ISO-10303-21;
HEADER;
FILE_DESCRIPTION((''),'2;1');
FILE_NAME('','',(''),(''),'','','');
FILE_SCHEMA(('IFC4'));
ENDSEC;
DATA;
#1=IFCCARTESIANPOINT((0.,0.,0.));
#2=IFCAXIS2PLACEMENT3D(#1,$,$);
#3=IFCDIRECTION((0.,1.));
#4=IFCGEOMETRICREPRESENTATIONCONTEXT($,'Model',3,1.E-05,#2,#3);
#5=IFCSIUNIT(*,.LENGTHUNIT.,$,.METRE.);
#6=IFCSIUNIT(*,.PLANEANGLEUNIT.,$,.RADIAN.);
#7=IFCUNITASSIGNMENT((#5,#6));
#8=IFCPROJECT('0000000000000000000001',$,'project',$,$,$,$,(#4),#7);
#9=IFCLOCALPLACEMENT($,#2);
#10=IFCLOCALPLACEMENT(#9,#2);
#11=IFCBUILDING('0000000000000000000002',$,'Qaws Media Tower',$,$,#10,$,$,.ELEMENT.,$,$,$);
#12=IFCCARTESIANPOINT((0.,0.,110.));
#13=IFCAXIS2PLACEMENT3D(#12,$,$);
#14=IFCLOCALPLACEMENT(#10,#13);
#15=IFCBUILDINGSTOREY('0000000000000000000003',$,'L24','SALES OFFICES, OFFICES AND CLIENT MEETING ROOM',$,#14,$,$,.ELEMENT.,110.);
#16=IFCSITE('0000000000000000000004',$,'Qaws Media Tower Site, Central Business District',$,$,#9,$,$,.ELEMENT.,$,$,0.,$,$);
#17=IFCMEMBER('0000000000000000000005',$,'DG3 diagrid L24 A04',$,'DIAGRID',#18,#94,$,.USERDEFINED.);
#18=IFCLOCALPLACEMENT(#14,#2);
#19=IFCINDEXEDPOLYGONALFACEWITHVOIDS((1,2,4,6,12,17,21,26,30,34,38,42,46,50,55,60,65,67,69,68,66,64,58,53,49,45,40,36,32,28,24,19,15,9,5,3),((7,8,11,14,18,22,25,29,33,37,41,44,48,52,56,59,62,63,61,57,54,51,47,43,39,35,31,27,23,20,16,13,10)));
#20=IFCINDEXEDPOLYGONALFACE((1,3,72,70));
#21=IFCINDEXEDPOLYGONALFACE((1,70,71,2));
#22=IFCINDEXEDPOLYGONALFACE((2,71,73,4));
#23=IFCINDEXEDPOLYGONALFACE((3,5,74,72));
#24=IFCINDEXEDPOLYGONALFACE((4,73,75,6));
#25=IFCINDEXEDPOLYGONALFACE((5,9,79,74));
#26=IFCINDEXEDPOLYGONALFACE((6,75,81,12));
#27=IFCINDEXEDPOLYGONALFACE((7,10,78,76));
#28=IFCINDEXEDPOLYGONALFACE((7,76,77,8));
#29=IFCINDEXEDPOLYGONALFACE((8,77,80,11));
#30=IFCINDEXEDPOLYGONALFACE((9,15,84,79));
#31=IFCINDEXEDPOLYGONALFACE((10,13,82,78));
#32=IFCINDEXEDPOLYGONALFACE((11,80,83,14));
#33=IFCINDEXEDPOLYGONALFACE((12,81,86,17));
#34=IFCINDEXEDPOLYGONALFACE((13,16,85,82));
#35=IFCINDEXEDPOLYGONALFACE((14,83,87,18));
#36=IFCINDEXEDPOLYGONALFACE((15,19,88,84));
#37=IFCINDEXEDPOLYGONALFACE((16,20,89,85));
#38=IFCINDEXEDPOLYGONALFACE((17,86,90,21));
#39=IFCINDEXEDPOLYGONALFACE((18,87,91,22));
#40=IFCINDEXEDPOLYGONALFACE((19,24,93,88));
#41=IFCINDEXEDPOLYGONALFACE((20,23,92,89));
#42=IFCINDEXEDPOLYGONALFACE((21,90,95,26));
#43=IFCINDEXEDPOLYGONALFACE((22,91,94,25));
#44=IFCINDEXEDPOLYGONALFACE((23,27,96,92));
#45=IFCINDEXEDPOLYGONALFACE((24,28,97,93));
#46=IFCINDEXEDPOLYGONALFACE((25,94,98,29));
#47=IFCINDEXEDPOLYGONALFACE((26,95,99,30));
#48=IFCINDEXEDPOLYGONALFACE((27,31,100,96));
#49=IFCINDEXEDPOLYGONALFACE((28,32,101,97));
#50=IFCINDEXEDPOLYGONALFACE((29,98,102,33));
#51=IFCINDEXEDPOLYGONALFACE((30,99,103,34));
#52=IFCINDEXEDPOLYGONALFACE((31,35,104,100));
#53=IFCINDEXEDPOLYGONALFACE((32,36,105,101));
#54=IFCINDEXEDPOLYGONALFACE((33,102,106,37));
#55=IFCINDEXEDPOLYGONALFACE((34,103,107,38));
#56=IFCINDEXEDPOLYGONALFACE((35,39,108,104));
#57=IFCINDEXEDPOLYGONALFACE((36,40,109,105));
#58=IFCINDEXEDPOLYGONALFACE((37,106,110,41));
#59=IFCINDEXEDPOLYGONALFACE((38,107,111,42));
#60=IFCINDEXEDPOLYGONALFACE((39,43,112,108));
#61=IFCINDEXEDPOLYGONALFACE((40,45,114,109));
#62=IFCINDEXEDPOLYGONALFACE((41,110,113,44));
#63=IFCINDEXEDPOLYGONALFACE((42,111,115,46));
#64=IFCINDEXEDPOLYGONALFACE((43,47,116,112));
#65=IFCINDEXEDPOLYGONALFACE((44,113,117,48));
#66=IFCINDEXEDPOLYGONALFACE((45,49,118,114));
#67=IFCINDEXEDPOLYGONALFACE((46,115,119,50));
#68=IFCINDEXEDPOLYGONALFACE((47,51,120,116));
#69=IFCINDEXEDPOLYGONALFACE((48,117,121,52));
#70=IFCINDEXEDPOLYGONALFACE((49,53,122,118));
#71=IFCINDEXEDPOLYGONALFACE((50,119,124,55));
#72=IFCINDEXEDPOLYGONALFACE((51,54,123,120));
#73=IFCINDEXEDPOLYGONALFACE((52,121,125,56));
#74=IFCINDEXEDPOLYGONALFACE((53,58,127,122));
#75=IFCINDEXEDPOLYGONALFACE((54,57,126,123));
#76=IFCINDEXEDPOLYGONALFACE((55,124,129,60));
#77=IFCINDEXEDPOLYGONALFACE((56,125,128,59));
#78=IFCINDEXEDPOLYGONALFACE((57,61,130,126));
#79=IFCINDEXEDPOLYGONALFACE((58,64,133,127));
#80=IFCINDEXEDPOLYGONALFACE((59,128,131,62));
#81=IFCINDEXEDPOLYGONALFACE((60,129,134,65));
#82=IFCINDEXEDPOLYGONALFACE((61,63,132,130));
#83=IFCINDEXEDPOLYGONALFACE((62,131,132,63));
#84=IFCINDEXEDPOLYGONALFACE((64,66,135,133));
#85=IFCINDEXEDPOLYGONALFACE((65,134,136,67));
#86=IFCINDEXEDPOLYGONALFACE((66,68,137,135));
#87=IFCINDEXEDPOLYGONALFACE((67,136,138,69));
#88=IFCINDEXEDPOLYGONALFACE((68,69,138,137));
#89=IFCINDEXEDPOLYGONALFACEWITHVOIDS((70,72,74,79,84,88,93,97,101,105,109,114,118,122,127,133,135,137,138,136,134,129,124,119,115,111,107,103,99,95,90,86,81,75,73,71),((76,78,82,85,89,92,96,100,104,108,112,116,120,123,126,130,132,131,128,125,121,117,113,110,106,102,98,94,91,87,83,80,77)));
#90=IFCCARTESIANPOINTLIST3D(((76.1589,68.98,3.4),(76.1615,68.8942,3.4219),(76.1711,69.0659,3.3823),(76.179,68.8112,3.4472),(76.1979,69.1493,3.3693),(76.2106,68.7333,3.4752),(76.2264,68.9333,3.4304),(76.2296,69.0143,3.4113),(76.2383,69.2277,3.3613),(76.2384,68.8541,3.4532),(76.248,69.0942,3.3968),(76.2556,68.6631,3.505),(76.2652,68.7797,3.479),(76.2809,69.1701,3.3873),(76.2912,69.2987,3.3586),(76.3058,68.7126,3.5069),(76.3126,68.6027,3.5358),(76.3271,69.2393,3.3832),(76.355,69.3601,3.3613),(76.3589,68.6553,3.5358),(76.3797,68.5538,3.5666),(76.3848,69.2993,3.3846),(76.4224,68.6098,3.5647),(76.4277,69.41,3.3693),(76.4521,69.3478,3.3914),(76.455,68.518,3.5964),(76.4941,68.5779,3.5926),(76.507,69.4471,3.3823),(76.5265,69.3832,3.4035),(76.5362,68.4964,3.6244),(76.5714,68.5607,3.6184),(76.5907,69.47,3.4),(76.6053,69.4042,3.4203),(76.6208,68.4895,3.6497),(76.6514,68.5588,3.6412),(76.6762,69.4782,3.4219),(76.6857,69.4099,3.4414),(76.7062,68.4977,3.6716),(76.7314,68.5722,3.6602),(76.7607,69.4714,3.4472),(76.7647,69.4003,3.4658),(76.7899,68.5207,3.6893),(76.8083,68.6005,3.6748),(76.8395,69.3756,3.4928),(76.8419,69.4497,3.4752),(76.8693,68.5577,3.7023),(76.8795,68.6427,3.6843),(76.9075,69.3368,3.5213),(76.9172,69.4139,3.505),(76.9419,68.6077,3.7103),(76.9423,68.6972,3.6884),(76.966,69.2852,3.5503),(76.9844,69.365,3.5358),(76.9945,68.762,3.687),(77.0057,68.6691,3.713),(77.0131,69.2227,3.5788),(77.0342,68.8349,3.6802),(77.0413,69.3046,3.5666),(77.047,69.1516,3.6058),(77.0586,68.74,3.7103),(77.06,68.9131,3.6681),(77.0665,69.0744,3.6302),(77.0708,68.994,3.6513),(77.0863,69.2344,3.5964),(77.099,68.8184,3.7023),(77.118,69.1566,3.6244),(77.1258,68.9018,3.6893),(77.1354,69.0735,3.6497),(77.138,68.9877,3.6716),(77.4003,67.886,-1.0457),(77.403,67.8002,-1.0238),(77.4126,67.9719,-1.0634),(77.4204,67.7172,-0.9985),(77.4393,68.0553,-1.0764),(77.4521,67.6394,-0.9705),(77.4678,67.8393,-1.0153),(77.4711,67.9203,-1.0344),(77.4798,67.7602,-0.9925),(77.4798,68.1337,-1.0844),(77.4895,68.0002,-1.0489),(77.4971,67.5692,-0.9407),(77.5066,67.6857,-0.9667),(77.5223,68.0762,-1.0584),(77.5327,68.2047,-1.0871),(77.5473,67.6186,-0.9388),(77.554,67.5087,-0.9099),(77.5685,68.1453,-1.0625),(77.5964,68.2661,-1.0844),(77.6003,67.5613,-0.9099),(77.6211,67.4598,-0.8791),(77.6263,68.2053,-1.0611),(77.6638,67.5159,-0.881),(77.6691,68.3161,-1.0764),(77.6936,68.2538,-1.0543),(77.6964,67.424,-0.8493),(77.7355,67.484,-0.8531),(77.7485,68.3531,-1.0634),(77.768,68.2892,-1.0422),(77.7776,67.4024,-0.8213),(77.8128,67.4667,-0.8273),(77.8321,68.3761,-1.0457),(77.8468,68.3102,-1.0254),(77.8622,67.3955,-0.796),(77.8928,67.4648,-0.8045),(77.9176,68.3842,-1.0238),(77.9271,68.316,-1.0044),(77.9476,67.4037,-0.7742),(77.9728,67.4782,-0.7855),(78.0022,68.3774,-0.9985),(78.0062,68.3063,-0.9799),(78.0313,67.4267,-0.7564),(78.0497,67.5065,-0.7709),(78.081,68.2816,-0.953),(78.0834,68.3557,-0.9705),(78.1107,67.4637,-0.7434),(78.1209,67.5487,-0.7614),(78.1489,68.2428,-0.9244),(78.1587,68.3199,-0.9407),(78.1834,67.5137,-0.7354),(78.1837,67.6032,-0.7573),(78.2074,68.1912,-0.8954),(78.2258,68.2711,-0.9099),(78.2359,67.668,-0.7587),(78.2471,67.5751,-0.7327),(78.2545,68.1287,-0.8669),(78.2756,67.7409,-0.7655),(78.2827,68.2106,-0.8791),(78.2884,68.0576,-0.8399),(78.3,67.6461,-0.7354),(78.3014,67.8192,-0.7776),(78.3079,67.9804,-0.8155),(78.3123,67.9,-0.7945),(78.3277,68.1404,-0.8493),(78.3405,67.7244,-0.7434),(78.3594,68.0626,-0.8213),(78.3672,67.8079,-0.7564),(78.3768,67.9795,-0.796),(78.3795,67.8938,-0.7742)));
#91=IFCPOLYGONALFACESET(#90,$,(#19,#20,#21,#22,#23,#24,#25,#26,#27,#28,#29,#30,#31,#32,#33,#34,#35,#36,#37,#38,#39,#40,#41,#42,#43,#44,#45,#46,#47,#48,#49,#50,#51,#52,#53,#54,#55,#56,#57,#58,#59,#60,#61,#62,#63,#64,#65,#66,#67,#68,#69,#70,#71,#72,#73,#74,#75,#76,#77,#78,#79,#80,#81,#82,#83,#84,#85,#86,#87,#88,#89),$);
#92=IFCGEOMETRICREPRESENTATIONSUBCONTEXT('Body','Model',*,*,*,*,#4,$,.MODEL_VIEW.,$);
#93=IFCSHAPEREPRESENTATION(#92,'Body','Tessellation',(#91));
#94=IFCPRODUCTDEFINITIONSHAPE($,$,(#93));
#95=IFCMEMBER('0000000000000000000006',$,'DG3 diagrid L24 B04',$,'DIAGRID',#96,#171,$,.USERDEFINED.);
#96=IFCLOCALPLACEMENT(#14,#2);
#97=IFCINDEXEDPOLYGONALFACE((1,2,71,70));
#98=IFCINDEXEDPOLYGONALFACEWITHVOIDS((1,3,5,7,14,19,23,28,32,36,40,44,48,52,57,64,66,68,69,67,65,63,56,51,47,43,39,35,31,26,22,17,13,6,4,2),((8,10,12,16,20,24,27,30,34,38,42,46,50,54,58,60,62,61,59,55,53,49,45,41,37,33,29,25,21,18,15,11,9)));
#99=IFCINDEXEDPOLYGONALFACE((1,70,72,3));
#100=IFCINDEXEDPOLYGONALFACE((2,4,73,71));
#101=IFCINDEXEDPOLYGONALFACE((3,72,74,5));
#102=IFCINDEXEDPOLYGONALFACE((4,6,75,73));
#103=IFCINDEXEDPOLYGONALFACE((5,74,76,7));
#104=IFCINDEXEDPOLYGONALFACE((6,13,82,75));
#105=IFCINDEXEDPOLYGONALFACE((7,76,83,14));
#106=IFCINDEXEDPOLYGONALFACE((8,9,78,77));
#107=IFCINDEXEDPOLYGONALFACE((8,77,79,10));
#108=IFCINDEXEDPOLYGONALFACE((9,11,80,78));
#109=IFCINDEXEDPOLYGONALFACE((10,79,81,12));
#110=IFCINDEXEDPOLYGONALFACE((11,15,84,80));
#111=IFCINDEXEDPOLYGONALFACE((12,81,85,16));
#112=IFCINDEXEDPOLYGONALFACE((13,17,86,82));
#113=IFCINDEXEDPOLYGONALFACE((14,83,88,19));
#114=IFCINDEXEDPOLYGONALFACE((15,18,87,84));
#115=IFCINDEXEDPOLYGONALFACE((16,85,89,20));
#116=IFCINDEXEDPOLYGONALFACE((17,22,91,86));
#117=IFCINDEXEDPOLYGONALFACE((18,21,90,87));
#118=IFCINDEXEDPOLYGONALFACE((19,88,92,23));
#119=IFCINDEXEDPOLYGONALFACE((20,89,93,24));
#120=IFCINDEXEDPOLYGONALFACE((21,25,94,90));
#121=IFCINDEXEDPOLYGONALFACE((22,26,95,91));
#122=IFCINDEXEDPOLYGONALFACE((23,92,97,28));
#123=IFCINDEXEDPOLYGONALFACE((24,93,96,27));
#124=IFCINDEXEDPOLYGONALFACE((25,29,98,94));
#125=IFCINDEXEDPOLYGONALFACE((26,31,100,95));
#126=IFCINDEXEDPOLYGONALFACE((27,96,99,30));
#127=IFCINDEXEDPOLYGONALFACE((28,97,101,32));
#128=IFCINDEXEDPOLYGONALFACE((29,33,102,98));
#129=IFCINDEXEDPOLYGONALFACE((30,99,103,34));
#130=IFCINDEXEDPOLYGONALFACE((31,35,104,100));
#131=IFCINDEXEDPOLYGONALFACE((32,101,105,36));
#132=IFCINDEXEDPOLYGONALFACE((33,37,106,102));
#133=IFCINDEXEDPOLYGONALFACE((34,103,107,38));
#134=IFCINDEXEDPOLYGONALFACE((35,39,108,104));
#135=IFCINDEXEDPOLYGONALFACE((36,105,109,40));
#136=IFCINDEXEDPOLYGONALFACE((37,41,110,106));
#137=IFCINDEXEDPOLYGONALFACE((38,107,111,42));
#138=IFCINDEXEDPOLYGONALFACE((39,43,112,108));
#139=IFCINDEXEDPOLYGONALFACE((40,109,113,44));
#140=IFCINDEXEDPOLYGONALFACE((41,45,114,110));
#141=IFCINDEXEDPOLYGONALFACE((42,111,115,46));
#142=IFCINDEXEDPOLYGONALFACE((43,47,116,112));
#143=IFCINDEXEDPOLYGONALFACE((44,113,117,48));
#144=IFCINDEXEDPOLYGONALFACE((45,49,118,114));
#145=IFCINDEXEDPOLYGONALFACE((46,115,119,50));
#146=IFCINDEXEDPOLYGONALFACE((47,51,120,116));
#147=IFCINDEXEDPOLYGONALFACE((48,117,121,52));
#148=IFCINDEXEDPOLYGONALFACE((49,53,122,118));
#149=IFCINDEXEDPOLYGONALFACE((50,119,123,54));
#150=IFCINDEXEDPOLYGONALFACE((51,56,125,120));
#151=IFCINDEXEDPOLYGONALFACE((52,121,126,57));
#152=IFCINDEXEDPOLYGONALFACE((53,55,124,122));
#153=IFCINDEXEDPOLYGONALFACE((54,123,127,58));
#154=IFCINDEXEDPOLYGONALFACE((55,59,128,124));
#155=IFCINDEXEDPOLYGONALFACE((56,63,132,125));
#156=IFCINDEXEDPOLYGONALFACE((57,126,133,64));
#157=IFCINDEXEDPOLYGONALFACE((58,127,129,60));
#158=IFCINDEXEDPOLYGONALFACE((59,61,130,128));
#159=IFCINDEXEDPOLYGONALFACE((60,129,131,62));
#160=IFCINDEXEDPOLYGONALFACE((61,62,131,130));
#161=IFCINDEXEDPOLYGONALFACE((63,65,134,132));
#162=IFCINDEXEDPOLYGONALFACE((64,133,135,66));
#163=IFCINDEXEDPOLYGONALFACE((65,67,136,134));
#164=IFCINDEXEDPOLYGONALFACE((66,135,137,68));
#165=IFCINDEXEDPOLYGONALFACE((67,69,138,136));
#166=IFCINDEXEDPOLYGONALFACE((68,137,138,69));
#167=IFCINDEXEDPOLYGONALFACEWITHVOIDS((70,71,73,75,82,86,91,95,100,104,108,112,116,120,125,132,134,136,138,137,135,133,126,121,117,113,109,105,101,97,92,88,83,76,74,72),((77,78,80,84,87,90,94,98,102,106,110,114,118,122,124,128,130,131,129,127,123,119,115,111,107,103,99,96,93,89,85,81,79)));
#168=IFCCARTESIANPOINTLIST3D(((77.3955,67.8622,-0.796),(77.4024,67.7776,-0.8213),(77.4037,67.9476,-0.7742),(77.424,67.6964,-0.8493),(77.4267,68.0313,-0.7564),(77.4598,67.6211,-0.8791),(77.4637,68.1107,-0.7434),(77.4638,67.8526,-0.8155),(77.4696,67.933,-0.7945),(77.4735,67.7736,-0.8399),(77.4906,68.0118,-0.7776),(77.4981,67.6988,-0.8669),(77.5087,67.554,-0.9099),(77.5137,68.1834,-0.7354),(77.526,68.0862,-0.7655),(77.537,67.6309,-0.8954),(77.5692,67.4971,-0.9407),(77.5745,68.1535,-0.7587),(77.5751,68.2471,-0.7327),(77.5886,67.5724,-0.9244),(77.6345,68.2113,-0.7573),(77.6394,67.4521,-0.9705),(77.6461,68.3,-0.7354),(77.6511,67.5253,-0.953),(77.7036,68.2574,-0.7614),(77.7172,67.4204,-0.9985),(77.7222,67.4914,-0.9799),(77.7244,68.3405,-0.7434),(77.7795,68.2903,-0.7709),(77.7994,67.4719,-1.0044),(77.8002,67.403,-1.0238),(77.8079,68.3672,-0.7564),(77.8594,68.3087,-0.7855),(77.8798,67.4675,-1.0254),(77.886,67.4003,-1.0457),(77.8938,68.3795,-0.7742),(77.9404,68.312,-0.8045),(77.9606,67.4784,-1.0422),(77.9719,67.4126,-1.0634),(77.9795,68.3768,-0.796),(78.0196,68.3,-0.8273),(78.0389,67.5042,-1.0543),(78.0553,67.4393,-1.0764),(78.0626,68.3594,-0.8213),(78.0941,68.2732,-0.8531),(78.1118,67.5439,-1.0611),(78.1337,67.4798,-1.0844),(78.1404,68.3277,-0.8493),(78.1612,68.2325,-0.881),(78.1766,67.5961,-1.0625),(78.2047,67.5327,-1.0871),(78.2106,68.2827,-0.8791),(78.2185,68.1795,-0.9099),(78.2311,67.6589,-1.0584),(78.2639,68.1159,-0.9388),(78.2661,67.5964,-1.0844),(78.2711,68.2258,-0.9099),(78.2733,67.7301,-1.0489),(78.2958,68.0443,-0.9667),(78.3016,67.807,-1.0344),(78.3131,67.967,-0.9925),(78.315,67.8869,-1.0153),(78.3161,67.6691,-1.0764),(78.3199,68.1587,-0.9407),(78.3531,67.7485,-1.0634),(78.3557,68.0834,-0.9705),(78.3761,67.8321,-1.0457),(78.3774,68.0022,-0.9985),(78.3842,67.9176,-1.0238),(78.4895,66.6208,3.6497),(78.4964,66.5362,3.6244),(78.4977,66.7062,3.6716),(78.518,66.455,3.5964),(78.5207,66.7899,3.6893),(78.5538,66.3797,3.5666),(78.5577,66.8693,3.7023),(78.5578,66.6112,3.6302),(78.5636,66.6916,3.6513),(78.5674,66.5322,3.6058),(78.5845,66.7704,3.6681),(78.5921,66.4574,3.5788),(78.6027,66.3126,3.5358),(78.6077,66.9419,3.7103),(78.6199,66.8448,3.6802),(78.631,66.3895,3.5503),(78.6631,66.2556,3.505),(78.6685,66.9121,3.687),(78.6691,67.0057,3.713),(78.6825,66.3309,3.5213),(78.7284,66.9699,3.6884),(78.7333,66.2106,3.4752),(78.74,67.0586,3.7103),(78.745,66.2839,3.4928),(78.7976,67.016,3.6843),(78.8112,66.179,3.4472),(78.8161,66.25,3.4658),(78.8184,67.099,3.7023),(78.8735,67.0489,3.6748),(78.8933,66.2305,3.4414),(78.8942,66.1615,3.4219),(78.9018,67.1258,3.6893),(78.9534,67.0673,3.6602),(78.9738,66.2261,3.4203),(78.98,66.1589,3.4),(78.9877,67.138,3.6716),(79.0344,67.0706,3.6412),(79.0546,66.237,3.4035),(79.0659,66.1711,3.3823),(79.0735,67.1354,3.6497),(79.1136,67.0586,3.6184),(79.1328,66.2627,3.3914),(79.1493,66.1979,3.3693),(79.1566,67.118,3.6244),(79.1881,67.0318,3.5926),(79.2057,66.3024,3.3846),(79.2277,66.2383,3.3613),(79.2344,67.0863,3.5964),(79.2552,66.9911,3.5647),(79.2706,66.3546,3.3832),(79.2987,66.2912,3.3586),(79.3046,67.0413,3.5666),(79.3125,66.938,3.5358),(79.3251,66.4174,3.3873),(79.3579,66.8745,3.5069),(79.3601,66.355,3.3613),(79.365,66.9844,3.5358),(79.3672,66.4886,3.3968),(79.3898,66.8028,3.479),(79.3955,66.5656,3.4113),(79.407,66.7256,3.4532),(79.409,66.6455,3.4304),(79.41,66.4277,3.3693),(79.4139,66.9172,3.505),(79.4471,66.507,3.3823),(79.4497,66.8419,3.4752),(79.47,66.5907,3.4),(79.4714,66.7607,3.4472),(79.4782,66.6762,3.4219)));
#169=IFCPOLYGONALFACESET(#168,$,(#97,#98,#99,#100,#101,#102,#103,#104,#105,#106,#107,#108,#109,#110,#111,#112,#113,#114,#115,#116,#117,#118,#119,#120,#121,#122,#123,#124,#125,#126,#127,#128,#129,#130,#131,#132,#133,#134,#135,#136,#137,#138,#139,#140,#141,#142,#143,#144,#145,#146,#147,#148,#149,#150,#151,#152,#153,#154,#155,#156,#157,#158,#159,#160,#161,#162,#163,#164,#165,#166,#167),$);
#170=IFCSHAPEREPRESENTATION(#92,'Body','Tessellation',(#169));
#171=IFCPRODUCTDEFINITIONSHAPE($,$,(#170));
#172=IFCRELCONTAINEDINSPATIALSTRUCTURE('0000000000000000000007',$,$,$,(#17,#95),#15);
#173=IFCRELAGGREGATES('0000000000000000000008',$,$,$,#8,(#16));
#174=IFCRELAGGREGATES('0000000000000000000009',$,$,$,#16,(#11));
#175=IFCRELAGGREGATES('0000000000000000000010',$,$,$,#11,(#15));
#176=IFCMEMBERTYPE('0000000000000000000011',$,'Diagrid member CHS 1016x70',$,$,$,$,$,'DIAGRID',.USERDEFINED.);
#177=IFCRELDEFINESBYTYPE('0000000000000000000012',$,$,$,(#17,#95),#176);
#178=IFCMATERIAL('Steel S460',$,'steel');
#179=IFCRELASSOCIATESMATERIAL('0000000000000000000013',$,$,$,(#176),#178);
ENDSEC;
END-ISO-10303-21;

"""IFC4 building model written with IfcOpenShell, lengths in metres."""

from ifc_helpers import new_model, si_unit, direction, frame, origin, origin_2d, place, context, subcontext, project, spatial, hollow_circle, extrude, material, material_profile, profile_set, type_object, element, save


model = new_model("IFC4")

# Units and contexts
model_context = context("Model", 3, precision=1e-05, world=origin(), true_north=direction((0.0, 1.0)))
body_context = subcontext(model_context, "Body", "Model", "MODEL_VIEW")
ifc_project = project(units=[si_unit("LENGTHUNIT", "METRE"), si_unit("PLANEANGLEUNIT", "RADIAN")], contexts=[model_context])

# Site, building, storey
site_placement = place(None, origin())
site = spatial("IfcSite", under=ifc_project, at=site_placement, Name="Qaws Media Tower Site, Central Business District", CompositionType="ELEMENT", RefElevation=0.0)
building_placement = place(site_placement, origin())
building = spatial("IfcBuilding", under=site, at=building_placement, Name="Qaws Media Tower", CompositionType="ELEMENT")
storey_placement = place(building_placement, frame((0.0, 0.0, 110.0)))
storey = spatial("IfcBuildingStorey", under=building, at=storey_placement, Name="L24", Description="SALES OFFICES, OFFICES AND CLIENT MEETING ROOM", CompositionType="ELEMENT", Elevation=110.0)

# Members
ifc_material_1 = material(Name="Steel S460", Category="steel")
ifc_material_profile_1 = material_profile(ifc_material_1, hollow_circle(Radius=0.5081, WallThickness=0.0701, at=origin_2d()), Name="CHS 1016x70")
ifc_profile_set_1 = profile_set([ifc_material_profile_1], Name="Steel S460")
member_type_1 = type_object("IfcMemberType", Name="Diagrid member CHS 1016x70", ElementType="DIAGRID", PredefinedType="USERDEFINED", material=ifc_profile_set_1)
for number, where, z_axis, x_axis, name in (
    (1, (77.8899, 67.8899, -0.9099), (-0.261703, 0.230618, 0.937191), (-0.661143, -0.75026, 0.0), "DG3 diagrid L24 A04"),
    (2, (77.8899, 67.8899, -0.9099), (0.230618, -0.261703, 0.937191), (0.75026, 0.661143, 0.0), "DG3 diagrid L24 B04"),
):
    element("IfcMember", number, at=place(storey_placement, frame(where, z_axis=z_axis, x_axis=x_axis)), inside=storey, type_object=member_type_1, Name=name, ObjectType="DIAGRID", PredefinedType="USERDEFINED", context=body_context, shape_type="SweptSolid", body=[
        extrude(hollow_circle(Radius=0.5081, WallThickness=0.0701, at=origin_2d()), origin(), (0.0, 0.0, 1.0), 4.7437),
    ])

save(model, "model.ifc")
